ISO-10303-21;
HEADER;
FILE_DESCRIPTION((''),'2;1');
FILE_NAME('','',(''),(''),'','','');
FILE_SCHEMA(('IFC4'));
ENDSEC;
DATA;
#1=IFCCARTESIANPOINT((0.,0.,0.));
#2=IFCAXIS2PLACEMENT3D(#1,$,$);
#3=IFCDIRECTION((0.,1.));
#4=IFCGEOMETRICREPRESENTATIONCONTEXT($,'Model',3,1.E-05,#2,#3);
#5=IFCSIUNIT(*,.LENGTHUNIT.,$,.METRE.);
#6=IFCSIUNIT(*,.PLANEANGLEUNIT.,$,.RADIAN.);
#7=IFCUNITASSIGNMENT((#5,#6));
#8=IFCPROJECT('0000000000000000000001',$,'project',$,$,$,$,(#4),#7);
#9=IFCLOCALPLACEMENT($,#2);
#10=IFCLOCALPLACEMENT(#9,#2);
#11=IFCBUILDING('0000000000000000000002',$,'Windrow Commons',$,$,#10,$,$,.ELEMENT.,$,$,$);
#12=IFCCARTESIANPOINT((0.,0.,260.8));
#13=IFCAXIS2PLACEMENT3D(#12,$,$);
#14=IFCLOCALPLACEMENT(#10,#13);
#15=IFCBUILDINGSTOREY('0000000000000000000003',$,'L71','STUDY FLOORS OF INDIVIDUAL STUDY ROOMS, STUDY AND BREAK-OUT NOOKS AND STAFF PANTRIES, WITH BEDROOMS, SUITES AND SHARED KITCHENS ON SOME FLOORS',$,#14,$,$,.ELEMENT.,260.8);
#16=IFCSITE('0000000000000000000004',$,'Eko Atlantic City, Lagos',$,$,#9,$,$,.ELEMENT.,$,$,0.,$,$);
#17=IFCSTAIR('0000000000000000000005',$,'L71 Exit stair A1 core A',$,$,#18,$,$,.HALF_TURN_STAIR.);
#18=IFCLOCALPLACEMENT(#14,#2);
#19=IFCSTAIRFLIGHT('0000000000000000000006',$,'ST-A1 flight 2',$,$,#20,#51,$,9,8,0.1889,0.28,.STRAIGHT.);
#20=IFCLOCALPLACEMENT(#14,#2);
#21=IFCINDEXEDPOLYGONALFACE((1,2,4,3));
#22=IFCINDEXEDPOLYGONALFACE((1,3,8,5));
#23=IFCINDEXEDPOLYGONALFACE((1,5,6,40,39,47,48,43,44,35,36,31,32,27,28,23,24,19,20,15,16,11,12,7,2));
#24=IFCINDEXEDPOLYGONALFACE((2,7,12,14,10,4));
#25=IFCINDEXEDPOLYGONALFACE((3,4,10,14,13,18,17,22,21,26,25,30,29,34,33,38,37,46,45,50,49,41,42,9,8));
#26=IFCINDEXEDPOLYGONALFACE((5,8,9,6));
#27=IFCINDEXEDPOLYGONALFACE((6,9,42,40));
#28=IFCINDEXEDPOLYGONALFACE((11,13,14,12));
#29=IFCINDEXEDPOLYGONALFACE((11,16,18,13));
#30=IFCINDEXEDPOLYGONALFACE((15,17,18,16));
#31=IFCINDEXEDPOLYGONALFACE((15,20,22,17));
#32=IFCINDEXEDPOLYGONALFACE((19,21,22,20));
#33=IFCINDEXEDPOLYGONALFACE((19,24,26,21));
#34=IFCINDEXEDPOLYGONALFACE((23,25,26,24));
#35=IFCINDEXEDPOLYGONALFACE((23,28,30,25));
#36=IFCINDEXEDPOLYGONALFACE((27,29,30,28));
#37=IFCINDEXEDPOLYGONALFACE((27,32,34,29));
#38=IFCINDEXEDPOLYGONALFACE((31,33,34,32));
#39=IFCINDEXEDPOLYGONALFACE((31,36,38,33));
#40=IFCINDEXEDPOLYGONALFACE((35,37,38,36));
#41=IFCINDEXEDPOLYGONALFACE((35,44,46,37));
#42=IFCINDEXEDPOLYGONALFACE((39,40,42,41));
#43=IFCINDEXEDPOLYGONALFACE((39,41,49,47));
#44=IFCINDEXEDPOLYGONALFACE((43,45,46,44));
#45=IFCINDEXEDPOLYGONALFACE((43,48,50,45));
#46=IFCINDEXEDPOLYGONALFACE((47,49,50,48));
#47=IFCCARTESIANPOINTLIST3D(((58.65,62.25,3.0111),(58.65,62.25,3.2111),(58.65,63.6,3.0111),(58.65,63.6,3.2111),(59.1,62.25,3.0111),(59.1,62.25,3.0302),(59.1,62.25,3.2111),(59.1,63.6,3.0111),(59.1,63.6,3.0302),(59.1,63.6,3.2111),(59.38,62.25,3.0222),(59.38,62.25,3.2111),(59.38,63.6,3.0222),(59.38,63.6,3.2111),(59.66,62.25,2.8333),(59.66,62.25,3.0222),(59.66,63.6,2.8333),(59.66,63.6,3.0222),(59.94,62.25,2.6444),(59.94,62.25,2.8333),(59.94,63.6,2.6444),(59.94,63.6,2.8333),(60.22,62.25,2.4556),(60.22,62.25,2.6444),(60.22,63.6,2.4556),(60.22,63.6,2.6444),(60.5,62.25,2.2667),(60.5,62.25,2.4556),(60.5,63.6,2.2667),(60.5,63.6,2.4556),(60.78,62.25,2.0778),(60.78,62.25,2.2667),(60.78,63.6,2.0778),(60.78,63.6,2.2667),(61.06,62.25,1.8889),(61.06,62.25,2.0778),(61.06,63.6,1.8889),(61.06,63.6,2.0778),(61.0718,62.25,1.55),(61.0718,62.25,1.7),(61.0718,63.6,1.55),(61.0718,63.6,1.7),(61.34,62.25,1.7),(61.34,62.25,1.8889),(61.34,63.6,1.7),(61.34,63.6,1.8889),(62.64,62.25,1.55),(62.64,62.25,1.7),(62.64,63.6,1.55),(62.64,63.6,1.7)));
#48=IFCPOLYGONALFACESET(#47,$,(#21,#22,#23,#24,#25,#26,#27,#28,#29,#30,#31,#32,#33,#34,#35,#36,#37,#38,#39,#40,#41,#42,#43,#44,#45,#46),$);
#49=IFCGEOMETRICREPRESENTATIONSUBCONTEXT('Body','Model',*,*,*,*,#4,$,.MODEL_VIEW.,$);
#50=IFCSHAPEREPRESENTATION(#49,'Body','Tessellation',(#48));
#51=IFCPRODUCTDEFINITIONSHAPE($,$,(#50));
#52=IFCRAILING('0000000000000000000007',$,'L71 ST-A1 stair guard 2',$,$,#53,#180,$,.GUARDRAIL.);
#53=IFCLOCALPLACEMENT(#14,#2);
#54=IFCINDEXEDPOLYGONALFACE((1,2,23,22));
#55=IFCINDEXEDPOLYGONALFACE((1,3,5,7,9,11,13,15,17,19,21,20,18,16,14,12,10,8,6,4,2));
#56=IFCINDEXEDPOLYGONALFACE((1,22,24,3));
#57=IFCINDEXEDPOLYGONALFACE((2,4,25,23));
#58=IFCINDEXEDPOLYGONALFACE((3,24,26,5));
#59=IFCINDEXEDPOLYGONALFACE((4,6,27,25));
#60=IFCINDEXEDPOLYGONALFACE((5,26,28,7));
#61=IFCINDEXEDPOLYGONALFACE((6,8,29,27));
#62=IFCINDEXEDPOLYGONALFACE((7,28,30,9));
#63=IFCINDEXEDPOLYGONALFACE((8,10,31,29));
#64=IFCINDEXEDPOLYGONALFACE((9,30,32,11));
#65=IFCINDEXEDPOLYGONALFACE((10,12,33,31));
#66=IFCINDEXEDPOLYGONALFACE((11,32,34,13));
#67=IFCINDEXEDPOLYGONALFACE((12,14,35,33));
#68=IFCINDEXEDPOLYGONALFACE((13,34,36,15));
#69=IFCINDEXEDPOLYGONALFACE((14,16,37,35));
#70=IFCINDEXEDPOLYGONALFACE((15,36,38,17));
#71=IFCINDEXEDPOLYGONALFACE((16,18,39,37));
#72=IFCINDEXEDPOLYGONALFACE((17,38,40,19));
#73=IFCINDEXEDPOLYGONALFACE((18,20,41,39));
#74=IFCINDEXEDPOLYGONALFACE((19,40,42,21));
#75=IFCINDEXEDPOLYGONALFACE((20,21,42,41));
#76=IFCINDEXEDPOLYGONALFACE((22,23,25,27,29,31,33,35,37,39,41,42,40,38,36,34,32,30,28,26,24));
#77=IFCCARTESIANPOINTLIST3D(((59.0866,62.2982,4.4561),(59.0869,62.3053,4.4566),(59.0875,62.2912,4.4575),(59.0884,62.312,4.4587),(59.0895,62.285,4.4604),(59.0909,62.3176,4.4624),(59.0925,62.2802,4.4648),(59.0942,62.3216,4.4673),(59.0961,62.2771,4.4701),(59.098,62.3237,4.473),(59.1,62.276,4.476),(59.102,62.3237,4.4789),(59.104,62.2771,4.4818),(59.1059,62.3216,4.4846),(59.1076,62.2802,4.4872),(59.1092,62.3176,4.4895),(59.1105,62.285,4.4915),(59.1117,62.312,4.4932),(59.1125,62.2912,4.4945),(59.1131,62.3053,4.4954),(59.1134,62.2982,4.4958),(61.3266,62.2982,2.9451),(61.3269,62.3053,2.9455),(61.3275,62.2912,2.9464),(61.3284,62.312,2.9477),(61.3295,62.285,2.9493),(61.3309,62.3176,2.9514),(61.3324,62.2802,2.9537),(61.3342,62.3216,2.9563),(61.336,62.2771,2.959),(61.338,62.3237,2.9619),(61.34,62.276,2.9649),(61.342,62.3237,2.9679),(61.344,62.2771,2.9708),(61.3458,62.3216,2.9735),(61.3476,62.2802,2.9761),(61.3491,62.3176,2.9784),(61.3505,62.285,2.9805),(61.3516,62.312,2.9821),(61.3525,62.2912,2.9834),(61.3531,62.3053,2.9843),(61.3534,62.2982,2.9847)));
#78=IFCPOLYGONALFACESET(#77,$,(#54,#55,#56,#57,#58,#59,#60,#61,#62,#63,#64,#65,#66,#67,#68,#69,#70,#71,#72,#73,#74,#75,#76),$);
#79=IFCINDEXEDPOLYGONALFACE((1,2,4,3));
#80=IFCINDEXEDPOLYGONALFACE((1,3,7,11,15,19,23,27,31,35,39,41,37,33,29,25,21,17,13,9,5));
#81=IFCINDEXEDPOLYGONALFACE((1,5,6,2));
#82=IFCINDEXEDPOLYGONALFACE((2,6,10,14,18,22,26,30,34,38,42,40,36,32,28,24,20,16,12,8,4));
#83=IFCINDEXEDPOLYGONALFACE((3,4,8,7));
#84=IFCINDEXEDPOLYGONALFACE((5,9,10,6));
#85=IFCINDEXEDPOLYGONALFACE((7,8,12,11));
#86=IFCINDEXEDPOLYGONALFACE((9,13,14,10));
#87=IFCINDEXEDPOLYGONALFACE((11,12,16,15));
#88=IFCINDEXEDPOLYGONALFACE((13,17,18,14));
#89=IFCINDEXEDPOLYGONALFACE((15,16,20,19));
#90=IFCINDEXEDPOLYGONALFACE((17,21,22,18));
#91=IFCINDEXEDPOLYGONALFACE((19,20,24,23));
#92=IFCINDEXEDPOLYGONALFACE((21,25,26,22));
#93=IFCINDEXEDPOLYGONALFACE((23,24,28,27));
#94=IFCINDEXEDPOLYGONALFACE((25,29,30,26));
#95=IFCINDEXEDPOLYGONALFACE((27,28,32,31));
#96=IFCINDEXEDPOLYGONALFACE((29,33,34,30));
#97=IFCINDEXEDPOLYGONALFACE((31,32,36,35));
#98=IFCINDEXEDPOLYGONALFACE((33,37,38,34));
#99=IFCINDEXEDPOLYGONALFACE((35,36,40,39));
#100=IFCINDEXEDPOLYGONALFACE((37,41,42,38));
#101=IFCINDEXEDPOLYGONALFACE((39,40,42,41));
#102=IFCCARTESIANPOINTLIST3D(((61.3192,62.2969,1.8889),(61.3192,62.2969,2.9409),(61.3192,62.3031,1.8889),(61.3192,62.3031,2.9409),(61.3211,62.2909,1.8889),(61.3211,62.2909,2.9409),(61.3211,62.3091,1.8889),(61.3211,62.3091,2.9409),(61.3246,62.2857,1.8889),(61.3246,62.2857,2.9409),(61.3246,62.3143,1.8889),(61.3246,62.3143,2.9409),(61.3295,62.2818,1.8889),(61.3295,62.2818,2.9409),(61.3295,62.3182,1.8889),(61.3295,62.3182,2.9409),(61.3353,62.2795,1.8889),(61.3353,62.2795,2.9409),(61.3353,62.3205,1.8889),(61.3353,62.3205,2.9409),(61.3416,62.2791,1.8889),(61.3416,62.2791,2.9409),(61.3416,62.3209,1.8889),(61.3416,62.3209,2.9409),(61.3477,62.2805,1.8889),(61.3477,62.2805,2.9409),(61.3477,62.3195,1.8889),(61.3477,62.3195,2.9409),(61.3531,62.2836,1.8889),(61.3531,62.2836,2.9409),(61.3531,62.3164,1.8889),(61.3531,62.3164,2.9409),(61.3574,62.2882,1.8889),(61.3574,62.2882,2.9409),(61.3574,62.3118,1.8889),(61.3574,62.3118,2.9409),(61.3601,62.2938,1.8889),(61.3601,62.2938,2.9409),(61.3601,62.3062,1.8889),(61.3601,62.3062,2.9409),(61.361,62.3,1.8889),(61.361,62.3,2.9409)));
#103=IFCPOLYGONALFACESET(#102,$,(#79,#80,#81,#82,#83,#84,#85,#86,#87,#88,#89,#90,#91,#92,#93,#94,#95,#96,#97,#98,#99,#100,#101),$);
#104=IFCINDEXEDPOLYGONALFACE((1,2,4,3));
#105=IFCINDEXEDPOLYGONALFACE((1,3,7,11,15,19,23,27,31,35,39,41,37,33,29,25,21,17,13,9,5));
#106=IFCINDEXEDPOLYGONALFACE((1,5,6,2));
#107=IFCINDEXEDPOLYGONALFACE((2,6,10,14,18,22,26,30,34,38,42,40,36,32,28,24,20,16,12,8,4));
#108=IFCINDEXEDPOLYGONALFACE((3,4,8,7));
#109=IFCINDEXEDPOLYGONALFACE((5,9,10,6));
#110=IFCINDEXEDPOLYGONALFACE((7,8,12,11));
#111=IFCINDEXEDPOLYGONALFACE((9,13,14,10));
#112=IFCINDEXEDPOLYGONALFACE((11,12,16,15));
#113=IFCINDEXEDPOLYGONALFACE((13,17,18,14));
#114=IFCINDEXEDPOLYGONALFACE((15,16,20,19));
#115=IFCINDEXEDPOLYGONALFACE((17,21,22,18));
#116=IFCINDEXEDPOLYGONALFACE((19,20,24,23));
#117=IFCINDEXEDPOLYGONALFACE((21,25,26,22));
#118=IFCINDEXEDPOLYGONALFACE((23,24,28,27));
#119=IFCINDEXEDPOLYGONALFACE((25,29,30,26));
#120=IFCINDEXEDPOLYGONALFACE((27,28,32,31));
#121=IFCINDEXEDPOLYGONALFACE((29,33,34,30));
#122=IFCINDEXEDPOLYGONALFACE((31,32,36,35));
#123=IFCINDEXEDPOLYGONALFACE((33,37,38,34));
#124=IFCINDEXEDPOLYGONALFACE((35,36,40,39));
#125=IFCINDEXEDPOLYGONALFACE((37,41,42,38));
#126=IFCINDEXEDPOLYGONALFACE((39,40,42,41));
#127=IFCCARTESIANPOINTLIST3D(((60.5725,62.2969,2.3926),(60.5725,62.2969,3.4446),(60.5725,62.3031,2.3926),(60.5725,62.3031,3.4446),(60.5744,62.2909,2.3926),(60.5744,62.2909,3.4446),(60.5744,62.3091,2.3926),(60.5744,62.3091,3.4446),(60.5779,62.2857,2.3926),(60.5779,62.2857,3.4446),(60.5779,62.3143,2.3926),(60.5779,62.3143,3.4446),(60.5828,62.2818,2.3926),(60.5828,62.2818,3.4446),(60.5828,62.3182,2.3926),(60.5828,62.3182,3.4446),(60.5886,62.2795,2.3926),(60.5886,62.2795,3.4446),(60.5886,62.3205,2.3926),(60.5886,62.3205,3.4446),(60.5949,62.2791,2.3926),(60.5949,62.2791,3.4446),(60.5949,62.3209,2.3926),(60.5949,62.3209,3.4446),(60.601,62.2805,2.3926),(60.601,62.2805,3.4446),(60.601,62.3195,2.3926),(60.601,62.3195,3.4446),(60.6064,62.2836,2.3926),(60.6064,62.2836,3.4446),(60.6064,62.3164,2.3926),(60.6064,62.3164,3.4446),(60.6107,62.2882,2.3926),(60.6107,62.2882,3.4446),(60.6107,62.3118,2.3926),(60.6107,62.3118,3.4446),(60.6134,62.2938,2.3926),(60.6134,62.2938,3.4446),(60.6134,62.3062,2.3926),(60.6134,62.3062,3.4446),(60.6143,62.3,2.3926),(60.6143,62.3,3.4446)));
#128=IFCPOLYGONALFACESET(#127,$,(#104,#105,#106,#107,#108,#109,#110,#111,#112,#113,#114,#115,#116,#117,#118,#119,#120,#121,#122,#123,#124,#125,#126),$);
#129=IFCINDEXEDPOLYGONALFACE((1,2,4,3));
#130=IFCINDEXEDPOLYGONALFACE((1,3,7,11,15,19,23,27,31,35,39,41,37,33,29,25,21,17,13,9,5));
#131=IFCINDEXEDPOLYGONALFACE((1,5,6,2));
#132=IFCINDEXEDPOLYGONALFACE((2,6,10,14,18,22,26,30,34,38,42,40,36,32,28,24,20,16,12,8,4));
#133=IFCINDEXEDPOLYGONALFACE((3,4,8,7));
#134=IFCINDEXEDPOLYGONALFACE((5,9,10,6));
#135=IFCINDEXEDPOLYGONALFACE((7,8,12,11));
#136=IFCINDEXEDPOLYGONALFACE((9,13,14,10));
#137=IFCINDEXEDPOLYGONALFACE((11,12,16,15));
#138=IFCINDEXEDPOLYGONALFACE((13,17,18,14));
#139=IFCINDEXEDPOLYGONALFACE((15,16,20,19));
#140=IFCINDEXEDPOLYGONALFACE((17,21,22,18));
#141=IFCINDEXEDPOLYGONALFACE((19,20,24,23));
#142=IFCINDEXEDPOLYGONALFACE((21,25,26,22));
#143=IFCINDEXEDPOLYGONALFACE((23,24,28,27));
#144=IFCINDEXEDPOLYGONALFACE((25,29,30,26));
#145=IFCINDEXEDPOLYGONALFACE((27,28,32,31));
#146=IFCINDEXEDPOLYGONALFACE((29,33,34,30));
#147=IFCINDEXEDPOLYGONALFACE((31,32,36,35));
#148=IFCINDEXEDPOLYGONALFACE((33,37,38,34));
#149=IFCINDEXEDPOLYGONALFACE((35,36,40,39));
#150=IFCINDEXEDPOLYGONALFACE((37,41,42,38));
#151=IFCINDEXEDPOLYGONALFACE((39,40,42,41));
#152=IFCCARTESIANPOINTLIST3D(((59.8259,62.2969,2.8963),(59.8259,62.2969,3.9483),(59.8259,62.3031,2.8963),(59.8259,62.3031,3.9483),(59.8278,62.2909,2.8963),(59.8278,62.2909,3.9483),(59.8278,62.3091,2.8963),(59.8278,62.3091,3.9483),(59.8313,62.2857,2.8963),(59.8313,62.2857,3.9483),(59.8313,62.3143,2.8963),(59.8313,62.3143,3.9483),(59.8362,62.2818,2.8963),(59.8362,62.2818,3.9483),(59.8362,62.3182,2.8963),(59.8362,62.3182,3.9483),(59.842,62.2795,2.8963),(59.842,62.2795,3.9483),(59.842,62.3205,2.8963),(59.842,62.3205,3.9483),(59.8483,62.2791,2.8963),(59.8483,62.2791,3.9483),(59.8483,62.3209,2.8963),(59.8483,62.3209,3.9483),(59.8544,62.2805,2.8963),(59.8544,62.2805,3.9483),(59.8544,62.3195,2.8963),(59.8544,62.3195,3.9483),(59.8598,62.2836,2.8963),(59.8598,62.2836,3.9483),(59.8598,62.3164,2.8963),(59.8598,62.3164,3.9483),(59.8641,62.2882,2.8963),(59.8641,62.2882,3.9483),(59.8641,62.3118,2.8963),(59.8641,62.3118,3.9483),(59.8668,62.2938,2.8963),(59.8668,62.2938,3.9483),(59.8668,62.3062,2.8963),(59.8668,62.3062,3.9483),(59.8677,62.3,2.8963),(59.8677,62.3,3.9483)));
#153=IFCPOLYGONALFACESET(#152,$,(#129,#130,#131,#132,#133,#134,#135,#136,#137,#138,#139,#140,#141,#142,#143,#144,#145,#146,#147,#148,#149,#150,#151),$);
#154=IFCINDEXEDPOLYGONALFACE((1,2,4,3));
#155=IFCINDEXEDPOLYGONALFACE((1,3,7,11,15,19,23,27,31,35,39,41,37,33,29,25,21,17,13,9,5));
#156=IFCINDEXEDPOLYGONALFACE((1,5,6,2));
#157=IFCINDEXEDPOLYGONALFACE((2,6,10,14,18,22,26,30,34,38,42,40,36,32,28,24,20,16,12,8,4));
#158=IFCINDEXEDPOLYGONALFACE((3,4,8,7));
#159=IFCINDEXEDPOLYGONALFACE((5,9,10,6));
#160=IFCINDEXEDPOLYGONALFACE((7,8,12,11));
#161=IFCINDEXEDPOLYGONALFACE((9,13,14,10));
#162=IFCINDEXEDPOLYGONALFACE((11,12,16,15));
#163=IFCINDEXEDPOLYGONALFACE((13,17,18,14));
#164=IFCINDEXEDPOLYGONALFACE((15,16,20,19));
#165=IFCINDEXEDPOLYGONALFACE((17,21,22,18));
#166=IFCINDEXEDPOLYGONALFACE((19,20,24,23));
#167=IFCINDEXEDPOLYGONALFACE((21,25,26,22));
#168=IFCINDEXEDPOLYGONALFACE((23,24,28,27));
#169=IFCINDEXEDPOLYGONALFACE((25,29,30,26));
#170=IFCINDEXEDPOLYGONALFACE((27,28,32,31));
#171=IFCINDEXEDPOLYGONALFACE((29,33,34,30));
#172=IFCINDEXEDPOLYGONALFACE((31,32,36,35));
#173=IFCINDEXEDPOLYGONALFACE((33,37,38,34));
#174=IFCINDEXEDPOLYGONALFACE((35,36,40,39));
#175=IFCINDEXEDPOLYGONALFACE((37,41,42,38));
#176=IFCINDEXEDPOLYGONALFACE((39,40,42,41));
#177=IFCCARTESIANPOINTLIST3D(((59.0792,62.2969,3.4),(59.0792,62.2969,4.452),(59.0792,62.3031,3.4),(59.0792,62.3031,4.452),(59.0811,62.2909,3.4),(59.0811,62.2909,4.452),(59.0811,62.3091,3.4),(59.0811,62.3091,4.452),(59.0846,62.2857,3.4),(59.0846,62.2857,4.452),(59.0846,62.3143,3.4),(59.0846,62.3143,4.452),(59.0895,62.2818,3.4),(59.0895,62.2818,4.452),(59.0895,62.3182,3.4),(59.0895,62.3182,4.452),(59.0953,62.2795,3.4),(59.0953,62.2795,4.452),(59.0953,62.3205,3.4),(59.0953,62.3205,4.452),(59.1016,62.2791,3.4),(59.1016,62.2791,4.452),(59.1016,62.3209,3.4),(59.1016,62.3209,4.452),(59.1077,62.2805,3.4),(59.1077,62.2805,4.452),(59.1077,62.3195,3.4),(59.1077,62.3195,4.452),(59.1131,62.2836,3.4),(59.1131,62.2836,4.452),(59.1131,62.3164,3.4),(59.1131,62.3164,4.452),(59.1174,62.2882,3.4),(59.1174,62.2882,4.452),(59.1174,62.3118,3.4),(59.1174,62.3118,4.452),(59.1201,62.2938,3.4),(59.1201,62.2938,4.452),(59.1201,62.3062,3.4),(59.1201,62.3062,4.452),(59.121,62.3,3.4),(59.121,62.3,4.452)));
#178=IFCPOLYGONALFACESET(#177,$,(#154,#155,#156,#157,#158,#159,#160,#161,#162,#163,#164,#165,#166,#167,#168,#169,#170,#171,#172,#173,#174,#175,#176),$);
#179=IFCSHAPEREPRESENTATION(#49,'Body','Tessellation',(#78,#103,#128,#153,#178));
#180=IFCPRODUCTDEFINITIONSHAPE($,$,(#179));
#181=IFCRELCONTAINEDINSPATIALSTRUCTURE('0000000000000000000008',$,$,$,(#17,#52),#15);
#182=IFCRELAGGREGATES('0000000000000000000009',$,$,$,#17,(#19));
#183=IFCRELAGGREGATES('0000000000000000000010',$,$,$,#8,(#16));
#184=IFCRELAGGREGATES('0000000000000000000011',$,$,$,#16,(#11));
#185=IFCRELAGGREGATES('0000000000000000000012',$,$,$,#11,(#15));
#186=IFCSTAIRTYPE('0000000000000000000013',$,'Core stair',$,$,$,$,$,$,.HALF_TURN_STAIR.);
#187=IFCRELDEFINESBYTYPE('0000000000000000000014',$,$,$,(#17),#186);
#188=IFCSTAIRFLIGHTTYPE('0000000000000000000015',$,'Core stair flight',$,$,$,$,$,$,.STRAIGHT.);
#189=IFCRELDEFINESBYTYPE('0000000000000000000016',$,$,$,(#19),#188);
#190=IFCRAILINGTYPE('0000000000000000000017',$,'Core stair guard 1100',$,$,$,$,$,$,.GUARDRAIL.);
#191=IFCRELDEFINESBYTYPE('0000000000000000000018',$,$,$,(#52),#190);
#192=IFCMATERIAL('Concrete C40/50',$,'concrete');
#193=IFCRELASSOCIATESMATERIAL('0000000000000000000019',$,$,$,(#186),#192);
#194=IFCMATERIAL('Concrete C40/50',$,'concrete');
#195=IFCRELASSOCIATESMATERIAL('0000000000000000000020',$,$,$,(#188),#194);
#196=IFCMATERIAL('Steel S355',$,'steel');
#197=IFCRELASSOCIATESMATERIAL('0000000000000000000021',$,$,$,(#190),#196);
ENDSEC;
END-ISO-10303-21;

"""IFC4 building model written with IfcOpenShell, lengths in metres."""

from ifc_helpers import new_model, si_unit, direction, frame, origin, origin_2d, place, context, subcontext, project, spatial, polyline, circle, outline, extrude, material, type_object, element, aggregate, save


model = new_model("IFC4")

# Units and contexts
model_context = context("Model", 3, precision=1e-05, world=origin(), true_north=direction((0.0, 1.0)))
body_context = subcontext(model_context, "Body", "Model", "MODEL_VIEW")
ifc_project = project(units=[si_unit("LENGTHUNIT", "METRE"), si_unit("PLANEANGLEUNIT", "RADIAN")], contexts=[model_context])

# Site, building, storey
site_placement = place(None, origin())
site = spatial("IfcSite", under=ifc_project, at=site_placement, Name="Eko Atlantic City, Lagos", CompositionType="ELEMENT", RefElevation=0.0)
building_placement = place(site_placement, origin())
building = spatial("IfcBuilding", under=site, at=building_placement, Name="Windrow Commons", CompositionType="ELEMENT")
storey_placement = place(building_placement, frame((0.0, 0.0, 260.8)))
storey = spatial("IfcBuildingStorey", under=building, at=storey_placement, Name="L71", Description="STUDY FLOORS OF INDIVIDUAL STUDY ROOMS, STUDY AND BREAK-OUT NOOKS AND STAFF PANTRIES, WITH BEDROOMS, SUITES AND SHARED KITCHENS ON SOME FLOORS", CompositionType="ELEMENT", Elevation=260.8)

# Stair, stair flight
ifc_material_1 = material(Name="Concrete C40/50", Category="concrete")
stair_type = type_object("IfcStairType", Name="Core stair", PredefinedType="HALF_TURN_STAIR", material=ifc_material_1)
stair_placement = place(storey_placement, origin())
stair = element("IfcStair", 1, at=stair_placement, inside=storey, type_object=stair_type, Name="L71 Exit stair A1 core A", PredefinedType="HALF_TURN_STAIR")
ifc_material_2 = material(Name="Concrete C40/50", Category="concrete")
stair_flight_type = type_object("IfcStairFlightType", Name="Core stair flight", PredefinedType="STRAIGHT", material=ifc_material_2)
stair_flight_placement = place(storey_placement, frame((61.34, 62.925, 1.7), z_axis=(0.0, 0.0, 1.0), x_axis=(-1.0, 0.0, 0.0)))
stair_flight = element("IfcStairFlight", 2, at=stair_flight_placement, type_object=stair_flight_type, Name="ST-A1 flight 2", NumberOfRisers=9, NumberOfTreads=8, PredefinedType="STRAIGHT", RiserHeight=0.1889, TreadLength=0.28, context=body_context, shape_type="SweptSolid", body=[
    extrude(outline(polyline([(-1.3, -0.15), (-1.3, 0.0), (0.0, 0.0), (0.0, 0.1889), (0.28, 0.1889), (0.28, 0.3778), (0.56, 0.3778), (0.56, 0.5667), (0.84, 0.5667), (0.84, 0.7556), (1.12, 0.7556), (1.12, 0.9444), (1.4, 0.9444), (1.4, 1.1333), (1.68, 1.1333), (1.68, 1.3222), (1.96, 1.3222), (1.96, 1.5111), (2.24, 1.5111), (2.69, 1.5111), (2.69, 1.3111), (2.24, 1.3111), (2.24, 1.3302), (0.2682, 0.0), (0.2682, -0.15), (-1.3, -0.15)])), frame((0.0, 0.675, 0.0), z_axis=(0.0, -1.0, 0.0), x_axis=(1.0, 0.0, 0.0)), (0.0, 0.0, 1.0), 1.35),
])
aggregate(stair, [stair_flight])

# Railing
ifc_material_3 = material(Name="Steel S355", Category="steel")
railing_type_1 = type_object("IfcRailingType", Name="Core stair guard 1100", PredefinedType="GUARDRAIL", material=ifc_material_3)
railing_1_placement = place(storey_placement, frame((61.34, 62.3, 1.8889)))
element("IfcRailing", 3, at=railing_1_placement, inside=storey, type_object=railing_type_1, Name="L71 ST-A1 stair guard 2", PredefinedType="GUARDRAIL", context=body_context, shape_type="SweptSolid", body=[
    extrude(circle(Radius=0.024, at=origin_2d()), frame((0.0, 0.0, 1.076), z_axis=(-0.829003, 0.0, 0.559244), x_axis=(0.0, -1.0, 0.0)), (0.0, 0.0, 1.0), 2.702),
    extrude(circle(Radius=0.021, at=origin_2d()), origin(), (0.0, 0.0, 1.0), 1.052),
    extrude(circle(Radius=0.021, at=origin_2d()), frame((-0.7467, 0.0, 0.5037)), (0.0, 0.0, 1.0), 1.052),
    extrude(circle(Radius=0.021, at=origin_2d()), frame((-1.4933, 0.0, 1.0074)), (0.0, 0.0, 1.0), 1.052),
    extrude(circle(Radius=0.021, at=origin_2d()), frame((-2.24, 0.0, 1.5111)), (0.0, 0.0, 1.0), 1.052),
])

save(model, "model.ifc")
